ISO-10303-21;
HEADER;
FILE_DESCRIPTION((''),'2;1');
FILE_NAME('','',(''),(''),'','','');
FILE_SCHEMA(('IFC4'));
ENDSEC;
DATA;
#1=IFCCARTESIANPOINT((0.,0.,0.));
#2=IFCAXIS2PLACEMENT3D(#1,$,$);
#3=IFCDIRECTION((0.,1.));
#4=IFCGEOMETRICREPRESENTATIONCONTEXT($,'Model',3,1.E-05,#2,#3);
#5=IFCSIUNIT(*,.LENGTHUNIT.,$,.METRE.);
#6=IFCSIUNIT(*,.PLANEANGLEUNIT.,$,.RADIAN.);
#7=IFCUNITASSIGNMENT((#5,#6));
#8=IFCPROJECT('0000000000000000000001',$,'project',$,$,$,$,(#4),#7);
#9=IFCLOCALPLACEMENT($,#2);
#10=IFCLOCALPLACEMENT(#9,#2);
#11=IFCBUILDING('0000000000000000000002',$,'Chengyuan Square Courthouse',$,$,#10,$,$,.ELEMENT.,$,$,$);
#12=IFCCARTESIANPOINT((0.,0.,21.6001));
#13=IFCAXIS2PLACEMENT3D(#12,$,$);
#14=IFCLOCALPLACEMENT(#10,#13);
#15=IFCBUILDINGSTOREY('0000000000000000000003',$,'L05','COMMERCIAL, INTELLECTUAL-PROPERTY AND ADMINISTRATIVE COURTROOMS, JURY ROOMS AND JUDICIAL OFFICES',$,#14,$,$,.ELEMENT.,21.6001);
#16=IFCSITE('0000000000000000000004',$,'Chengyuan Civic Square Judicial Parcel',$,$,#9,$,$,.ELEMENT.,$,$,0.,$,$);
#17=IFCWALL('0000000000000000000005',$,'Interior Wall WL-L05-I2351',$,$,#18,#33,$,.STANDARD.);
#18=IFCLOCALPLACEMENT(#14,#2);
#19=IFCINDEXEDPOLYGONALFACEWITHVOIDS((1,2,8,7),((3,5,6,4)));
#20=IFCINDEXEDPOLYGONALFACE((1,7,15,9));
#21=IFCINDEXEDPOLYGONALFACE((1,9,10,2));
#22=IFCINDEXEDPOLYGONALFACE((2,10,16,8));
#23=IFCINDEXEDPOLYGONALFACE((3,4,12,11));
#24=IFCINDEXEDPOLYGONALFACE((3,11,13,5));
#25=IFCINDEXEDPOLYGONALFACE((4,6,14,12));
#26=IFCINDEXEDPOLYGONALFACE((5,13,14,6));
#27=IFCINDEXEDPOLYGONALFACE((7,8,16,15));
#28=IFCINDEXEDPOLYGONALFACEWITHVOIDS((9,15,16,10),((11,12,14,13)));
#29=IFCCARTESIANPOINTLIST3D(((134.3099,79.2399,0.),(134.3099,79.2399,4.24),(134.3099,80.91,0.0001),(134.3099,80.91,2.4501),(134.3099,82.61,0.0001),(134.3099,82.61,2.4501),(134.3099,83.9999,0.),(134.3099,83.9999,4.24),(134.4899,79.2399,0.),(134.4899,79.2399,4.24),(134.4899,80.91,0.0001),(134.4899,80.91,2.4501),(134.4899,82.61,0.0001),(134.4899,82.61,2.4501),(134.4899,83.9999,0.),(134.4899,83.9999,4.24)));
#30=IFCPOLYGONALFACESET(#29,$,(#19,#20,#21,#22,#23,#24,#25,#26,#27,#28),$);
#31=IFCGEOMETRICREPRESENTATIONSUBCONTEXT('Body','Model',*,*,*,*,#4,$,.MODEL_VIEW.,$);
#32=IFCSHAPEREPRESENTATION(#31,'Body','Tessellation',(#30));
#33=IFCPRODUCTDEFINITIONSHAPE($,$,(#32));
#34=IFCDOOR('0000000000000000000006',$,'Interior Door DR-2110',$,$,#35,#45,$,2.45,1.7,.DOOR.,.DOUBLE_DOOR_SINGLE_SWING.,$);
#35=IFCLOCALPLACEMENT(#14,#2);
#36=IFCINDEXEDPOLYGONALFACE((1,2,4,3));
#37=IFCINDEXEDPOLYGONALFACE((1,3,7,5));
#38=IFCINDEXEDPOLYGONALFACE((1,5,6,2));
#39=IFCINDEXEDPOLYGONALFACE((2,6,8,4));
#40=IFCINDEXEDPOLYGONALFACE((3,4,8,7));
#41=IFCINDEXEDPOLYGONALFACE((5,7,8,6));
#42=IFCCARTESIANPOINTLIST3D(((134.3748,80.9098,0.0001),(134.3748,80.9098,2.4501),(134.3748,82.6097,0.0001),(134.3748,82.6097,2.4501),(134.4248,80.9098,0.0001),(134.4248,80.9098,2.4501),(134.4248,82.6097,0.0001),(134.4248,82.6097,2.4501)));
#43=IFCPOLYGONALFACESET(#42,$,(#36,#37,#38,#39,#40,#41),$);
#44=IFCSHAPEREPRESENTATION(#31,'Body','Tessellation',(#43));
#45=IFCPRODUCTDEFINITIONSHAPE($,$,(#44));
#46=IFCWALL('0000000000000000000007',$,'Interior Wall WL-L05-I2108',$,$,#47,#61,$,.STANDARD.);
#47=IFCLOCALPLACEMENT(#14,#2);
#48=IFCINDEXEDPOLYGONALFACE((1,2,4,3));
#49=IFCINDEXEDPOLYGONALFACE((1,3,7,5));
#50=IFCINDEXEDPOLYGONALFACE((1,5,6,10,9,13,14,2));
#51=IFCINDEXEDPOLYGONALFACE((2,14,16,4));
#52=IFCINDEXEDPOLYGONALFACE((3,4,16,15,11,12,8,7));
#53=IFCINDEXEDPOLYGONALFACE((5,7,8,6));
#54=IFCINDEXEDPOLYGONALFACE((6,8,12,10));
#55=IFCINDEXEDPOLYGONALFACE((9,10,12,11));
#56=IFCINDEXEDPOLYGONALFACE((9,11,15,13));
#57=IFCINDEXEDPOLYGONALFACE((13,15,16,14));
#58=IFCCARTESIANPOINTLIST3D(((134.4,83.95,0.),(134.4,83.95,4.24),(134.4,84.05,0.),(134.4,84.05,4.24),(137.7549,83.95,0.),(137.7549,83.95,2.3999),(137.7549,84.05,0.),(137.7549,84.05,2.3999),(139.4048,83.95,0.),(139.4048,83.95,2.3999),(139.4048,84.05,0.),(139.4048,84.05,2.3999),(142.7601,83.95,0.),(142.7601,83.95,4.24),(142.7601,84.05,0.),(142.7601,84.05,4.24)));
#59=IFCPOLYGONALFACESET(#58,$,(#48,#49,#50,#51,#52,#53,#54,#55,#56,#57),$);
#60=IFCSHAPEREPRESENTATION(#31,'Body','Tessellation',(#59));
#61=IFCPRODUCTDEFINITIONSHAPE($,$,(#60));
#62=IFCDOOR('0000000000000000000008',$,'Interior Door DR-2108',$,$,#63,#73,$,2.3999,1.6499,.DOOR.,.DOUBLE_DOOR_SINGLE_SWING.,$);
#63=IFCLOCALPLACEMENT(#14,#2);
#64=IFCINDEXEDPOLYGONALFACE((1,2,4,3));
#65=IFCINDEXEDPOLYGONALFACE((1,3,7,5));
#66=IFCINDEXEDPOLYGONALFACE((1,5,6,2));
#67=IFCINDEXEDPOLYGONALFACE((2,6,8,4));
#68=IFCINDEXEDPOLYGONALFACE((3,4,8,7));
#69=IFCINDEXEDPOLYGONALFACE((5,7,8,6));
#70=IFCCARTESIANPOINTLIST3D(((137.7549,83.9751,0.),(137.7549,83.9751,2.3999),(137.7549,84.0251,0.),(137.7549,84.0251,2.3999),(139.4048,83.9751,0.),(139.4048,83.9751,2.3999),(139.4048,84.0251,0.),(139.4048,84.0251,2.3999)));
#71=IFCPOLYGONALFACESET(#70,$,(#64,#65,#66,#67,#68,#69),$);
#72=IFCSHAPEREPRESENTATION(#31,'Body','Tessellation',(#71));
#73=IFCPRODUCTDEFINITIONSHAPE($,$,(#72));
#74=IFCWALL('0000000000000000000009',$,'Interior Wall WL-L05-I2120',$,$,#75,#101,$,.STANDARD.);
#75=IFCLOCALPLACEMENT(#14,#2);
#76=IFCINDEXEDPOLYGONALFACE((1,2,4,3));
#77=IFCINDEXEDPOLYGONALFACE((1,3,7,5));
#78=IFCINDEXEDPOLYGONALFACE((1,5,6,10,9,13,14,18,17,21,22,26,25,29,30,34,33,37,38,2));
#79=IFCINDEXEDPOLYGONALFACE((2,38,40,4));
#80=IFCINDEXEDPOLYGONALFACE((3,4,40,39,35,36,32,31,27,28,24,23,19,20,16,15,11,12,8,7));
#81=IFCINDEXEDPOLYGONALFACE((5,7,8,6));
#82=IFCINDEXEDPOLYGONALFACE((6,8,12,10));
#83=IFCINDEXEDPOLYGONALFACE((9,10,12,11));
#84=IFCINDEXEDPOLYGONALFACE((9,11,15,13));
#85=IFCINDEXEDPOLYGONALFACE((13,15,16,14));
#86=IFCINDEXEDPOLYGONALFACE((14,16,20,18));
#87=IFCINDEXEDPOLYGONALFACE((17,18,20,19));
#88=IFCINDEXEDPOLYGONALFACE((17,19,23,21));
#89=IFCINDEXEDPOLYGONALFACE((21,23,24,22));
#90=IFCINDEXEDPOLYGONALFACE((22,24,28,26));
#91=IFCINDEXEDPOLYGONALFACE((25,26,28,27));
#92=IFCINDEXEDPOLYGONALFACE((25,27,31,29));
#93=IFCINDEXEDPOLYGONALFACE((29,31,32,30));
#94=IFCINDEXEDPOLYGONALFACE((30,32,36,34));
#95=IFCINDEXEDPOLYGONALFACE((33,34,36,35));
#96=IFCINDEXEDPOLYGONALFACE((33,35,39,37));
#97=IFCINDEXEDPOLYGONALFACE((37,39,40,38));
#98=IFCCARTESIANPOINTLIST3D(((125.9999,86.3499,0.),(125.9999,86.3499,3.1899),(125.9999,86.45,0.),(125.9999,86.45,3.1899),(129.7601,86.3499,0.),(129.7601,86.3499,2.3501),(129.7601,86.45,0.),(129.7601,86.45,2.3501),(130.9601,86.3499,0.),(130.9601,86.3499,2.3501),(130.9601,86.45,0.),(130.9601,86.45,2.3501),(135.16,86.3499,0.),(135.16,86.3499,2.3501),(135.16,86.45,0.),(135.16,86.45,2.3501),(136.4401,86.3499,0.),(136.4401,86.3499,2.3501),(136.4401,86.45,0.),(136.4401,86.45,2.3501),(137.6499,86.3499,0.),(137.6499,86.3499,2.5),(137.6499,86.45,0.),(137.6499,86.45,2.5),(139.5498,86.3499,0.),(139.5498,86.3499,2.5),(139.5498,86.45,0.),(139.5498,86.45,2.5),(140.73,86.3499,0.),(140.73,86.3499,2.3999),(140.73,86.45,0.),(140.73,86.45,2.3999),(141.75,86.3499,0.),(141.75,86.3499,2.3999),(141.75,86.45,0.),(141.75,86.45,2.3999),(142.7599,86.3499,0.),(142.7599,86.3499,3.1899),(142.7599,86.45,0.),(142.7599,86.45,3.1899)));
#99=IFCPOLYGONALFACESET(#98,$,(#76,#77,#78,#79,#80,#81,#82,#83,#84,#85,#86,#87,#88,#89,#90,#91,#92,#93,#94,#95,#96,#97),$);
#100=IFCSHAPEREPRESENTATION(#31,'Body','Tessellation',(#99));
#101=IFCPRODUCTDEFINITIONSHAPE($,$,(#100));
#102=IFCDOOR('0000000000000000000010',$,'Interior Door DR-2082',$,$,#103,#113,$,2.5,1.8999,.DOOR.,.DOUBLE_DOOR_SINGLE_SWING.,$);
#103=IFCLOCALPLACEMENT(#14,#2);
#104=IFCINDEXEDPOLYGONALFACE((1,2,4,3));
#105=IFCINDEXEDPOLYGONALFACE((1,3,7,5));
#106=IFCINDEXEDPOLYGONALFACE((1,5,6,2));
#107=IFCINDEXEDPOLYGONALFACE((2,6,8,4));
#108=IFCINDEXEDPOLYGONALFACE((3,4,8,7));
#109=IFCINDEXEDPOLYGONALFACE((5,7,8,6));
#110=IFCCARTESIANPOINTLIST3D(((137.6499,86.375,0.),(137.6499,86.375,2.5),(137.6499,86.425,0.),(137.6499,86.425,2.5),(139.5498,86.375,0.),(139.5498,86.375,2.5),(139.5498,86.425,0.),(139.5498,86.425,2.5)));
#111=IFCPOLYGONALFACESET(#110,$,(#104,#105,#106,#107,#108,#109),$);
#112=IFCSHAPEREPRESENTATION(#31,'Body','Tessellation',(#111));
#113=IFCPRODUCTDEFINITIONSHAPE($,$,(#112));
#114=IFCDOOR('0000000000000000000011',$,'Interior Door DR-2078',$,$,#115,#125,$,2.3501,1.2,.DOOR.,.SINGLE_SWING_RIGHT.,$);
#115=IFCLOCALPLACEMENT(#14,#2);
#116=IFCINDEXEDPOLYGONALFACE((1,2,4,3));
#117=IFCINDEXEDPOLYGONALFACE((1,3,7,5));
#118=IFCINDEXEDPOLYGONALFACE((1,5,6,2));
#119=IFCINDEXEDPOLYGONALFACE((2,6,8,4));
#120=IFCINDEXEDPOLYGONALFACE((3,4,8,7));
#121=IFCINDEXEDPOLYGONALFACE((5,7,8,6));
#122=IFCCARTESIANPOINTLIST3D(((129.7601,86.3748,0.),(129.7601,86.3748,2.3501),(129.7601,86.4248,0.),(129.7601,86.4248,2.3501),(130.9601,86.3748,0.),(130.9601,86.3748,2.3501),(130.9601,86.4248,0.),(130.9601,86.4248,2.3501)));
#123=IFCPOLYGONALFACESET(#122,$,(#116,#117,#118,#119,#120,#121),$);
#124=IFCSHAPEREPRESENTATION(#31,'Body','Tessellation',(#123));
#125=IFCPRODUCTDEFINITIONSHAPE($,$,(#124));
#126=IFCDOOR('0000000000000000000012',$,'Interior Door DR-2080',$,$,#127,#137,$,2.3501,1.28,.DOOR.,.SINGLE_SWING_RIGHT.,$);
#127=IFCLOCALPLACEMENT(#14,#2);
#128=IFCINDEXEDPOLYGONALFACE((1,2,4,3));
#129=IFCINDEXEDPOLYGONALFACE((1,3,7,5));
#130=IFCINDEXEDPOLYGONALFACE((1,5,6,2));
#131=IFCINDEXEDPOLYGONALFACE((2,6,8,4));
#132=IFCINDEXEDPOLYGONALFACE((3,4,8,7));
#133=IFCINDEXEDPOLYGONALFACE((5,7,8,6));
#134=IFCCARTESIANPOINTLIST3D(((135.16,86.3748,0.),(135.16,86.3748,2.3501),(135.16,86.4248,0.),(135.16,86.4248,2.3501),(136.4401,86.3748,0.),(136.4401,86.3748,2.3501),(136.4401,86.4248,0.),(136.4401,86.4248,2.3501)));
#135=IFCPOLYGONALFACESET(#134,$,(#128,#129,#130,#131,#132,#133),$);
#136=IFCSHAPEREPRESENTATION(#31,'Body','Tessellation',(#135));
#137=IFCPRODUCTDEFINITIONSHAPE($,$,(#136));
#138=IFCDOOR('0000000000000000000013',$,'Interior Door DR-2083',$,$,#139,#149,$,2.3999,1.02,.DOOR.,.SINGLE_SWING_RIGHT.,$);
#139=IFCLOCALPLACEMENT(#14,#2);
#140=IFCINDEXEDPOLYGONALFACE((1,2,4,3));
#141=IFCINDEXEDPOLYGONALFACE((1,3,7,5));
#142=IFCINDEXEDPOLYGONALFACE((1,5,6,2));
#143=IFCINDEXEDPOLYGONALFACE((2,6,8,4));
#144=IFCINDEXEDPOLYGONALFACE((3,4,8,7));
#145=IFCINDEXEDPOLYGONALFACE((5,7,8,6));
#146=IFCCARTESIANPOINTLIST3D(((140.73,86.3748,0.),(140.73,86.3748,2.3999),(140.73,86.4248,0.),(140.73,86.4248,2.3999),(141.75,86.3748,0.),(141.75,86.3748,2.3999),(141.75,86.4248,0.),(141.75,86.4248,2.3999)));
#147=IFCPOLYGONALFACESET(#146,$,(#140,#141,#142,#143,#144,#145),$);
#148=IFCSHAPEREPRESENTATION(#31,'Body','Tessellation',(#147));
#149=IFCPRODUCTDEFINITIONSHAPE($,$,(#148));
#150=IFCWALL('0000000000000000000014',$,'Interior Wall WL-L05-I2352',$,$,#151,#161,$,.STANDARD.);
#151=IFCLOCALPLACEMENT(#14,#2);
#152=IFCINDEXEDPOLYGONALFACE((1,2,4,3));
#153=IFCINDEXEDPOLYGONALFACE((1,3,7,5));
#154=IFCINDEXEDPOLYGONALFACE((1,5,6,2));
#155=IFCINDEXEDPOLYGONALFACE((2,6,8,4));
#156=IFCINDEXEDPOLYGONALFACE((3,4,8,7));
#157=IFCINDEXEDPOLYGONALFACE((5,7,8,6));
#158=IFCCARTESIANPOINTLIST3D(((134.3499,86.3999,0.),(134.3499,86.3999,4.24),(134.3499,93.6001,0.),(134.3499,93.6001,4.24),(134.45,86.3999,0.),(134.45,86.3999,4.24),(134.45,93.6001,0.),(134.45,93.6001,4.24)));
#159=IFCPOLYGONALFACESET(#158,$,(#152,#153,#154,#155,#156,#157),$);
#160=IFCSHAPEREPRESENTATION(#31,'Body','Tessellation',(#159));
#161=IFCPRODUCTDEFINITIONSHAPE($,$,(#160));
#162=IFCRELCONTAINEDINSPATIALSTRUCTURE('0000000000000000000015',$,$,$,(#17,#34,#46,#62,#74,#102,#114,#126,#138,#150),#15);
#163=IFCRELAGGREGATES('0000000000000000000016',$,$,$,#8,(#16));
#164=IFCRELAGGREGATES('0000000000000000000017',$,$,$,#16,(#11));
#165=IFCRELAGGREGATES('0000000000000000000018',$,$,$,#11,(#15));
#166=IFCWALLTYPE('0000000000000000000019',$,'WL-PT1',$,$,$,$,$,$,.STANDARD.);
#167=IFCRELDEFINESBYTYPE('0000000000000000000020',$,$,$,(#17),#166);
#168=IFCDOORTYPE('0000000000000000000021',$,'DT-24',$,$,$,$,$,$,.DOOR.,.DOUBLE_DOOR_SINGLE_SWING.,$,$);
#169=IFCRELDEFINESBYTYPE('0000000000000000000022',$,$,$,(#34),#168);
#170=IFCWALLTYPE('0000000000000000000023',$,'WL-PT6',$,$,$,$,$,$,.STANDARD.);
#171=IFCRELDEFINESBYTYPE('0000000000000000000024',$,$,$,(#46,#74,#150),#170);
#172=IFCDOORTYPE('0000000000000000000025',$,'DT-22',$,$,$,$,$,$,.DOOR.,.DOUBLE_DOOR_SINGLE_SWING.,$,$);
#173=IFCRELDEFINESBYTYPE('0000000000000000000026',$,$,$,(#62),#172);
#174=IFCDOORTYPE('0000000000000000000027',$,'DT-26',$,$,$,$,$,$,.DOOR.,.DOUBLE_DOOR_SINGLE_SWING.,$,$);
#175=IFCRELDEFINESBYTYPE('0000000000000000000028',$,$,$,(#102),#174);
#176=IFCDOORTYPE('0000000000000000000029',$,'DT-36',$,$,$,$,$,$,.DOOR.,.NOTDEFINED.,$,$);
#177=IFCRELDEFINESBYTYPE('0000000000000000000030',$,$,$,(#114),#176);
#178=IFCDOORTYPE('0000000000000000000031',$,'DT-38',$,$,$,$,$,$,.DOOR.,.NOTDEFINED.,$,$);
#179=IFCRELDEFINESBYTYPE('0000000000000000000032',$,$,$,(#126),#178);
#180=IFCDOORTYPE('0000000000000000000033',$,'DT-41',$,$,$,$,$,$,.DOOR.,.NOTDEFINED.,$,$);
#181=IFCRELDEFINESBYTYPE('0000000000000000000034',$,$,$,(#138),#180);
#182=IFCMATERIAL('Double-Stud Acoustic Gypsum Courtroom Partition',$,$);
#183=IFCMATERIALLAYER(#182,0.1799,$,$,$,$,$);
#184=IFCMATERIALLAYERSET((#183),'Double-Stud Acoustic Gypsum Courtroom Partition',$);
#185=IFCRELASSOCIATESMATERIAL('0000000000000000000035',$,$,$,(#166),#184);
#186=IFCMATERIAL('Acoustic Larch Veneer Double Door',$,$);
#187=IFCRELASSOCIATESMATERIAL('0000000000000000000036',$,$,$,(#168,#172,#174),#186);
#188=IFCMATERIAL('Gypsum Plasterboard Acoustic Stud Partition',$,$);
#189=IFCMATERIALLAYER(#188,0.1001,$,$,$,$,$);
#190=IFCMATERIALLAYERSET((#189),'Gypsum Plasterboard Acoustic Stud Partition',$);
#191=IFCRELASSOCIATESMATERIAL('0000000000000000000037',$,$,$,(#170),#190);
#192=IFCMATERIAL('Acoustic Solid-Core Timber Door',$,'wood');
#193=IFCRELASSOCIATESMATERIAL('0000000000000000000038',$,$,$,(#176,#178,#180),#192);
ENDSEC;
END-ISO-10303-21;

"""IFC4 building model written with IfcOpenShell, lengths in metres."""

from ifc_helpers import new_model, si_unit, direction, frame, frame_2d, origin, place, context, subcontext, project, spatial, rectangle, extrude, material, layer, layer_set, type_object, element, fill, save


model = new_model("IFC4")

# Units and contexts
model_context = context("Model", 3, precision=1e-05, world=origin(), true_north=direction((0.0, 1.0)))
body_context = subcontext(model_context, "Body", "Model", "MODEL_VIEW")
ifc_project = project(units=[si_unit("LENGTHUNIT", "METRE"), si_unit("PLANEANGLEUNIT", "RADIAN")], contexts=[model_context])

# Site, building, storey
site_placement = place(None, origin())
site = spatial("IfcSite", under=ifc_project, at=site_placement, Name="Chengyuan Civic Square Judicial Parcel", CompositionType="ELEMENT", RefElevation=0.0)
building_placement = place(site_placement, origin())
building = spatial("IfcBuilding", under=site, at=building_placement, Name="Chengyuan Square Courthouse", CompositionType="ELEMENT")
storey_placement = place(building_placement, frame((0.0, 0.0, 21.6001)))
storey = spatial("IfcBuildingStorey", under=building, at=storey_placement, Name="L05", Description="COMMERCIAL, INTELLECTUAL-PROPERTY AND ADMINISTRATIVE COURTROOMS, JURY ROOMS AND JUDICIAL OFFICES", CompositionType="ELEMENT", Elevation=21.6001)

# Walls, openings, doors
ifc_material_1 = material(Name="Double-Stud Acoustic Gypsum Courtroom Partition")
ifc_layer_1 = layer(ifc_material_1, 0.1799)
ifc_layer_set_1 = layer_set([ifc_layer_1], Name="Double-Stud Acoustic Gypsum Courtroom Partition")
wall_type_1 = type_object("IfcWallType", Name="WL-PT1", PredefinedType="STANDARD", material=ifc_layer_set_1)
wall_1_placement = place(storey_placement, frame((134.3999, 79.24, 0.0), z_axis=(0.0, 0.0, 1.0), x_axis=(0.0, 1.0, 0.0)))
wall_1 = element("IfcWall", 1, at=wall_1_placement, inside=storey, type_object=wall_type_1, Name="Interior Wall WL-L05-I2351", PredefinedType="STANDARD", context=body_context, shape_type="SweptSolid", body=[
    extrude(rectangle(XDim=4.76, YDim=0.1799, at=frame_2d((2.3799, 0.0))), origin(), (0.0, 0.0, 1.0), 4.24),
])
opening_1_placement = place(wall_1_placement, frame((1.6699, 0.0, 0.0)))
opening_1 = element("IfcOpeningElement", 2, at=opening_1_placement, cuts=wall_1, PredefinedType="OPENING", context=body_context, shape_type="SweptSolid", body=[
    extrude(rectangle(XDim=1.7, YDim=2.45, at=frame_2d((0.8501, 1.2251))), frame((0.0, 0.1021, 0.0), z_axis=(0.0, -1.0, 0.0), x_axis=(1.0, 0.0, 0.0)), (0.0, 0.0, 1.0), 0.2039),
])
ifc_material_2 = material(Name="Acoustic Larch Veneer Double Door")
door_type_1 = type_object("IfcDoorType", Name="DT-24", OperationType="DOUBLE_DOOR_SINGLE_SWING", PredefinedType="DOOR", material=ifc_material_2)
door_1_placement = place(opening_1_placement, frame((1.7, 0.0, 0.0), z_axis=(0.0, 0.0, 1.0), x_axis=(-1.0, 0.0, 0.0)))
door_1 = element("IfcDoor", 3, at=door_1_placement, inside=storey, type_object=door_type_1, Name="Interior Door DR-2110", OperationType="DOUBLE_DOOR_SINGLE_SWING", OverallHeight=2.45, OverallWidth=1.7, PredefinedType="DOOR", context=body_context, shape_type="SweptSolid", body=[
    extrude(rectangle(XDim=1.7, YDim=2.45, at=frame_2d((0.8501, 1.2251))), frame((0.0, 0.0249, 0.0), z_axis=(0.0, -1.0, 0.0), x_axis=(1.0, 0.0, 0.0)), (0.0, 0.0, 1.0), 0.05),
])
fill(opening_1, door_1)
ifc_material_3 = material(Name="Gypsum Plasterboard Acoustic Stud Partition")
ifc_layer_2 = layer(ifc_material_3, 0.1001)
ifc_layer_set_2 = layer_set([ifc_layer_2], Name="Gypsum Plasterboard Acoustic Stud Partition")
wall_type_2 = type_object("IfcWallType", Name="WL-PT6", PredefinedType="STANDARD", material=ifc_layer_set_2)
wall_2_placement = place(storey_placement, frame((134.3999, 84.0, 0.0), z_axis=(0.0, 0.0, 1.0), x_axis=(1.0, 0.0, 0.0)))
wall_2 = element("IfcWall", 4, at=wall_2_placement, inside=storey, type_object=wall_type_2, Name="Interior Wall WL-L05-I2108", PredefinedType="STANDARD", context=body_context, shape_type="SweptSolid", body=[
    extrude(rectangle(XDim=8.3601, YDim=0.1001, at=frame_2d((4.1802, 0.0))), origin(), (0.0, 0.0, 1.0), 4.24),
])
opening_2_placement = place(wall_2_placement, frame((3.355, 0.0, 0.0)))
opening_2 = element("IfcOpeningElement", 5, at=opening_2_placement, cuts=wall_2, PredefinedType="OPENING", context=body_context, shape_type="SweptSolid", body=[
    extrude(rectangle(XDim=1.6499, YDim=2.3999, at=frame_2d((0.825, 1.2))), frame((0.0, 0.062, 0.0), z_axis=(0.0, -1.0, 0.0), x_axis=(1.0, 0.0, 0.0)), (0.0, 0.0, 1.0), 0.124),
])
door_type_2 = type_object("IfcDoorType", Name="DT-22", OperationType="DOUBLE_DOOR_SINGLE_SWING", PredefinedType="DOOR", material=ifc_material_2)
door_2_placement = place(opening_2_placement, frame((1.6499, 0.0, 0.0), z_axis=(0.0, 0.0, 1.0), x_axis=(-1.0, 0.0, 0.0)))
door_2 = element("IfcDoor", 6, at=door_2_placement, inside=storey, type_object=door_type_2, Name="Interior Door DR-2108", OperationType="DOUBLE_DOOR_SINGLE_SWING", OverallHeight=2.3999, OverallWidth=1.6499, PredefinedType="DOOR", context=body_context, shape_type="SweptSolid", body=[
    extrude(rectangle(XDim=1.6499, YDim=2.3999, at=frame_2d((0.825, 1.2))), frame((0.0, 0.0249, 0.0), z_axis=(0.0, -1.0, 0.0), x_axis=(1.0, 0.0, 0.0)), (0.0, 0.0, 1.0), 0.05),
])
fill(opening_2, door_2)

# Wall, openings, doors
wall_3_placement = place(storey_placement, frame((126.0, 86.3999, 0.0), z_axis=(0.0, 0.0, 1.0), x_axis=(1.0, 0.0, 0.0)))
wall_3 = element("IfcWall", 7, at=wall_3_placement, inside=storey, type_object=wall_type_2, Name="Interior Wall WL-L05-I2120", PredefinedType="STANDARD", context=body_context, shape_type="SweptSolid", body=[
    extrude(rectangle(XDim=16.76, YDim=0.1001, at=frame_2d((8.3799, 0.0))), origin(), (0.0, 0.0, 1.0), 3.1899),
])
opening_3_placement = place(wall_3_placement, frame((3.76, 0.0, 0.0)))
opening_3 = element("IfcOpeningElement", 8, at=opening_3_placement, cuts=wall_3, PredefinedType="OPENING", context=body_context, shape_type="SweptSolid", body=[
    extrude(rectangle(XDim=1.2, YDim=2.3501, at=frame_2d((0.6001, 1.175))), frame((0.0, 0.062, 0.0), z_axis=(0.0, -1.0, 0.0), x_axis=(1.0, 0.0, 0.0)), (0.0, 0.0, 1.0), 0.124),
])
opening_4_placement = place(wall_3_placement, frame((9.1599, 0.0, 0.0)))
opening_4 = element("IfcOpeningElement", 9, at=opening_4_placement, cuts=wall_3, PredefinedType="OPENING", context=body_context, shape_type="SweptSolid", body=[
    extrude(rectangle(XDim=1.28, YDim=2.3501, at=frame_2d((0.6401, 1.175))), frame((0.0, 0.062, 0.0), z_axis=(0.0, -1.0, 0.0), x_axis=(1.0, 0.0, 0.0)), (0.0, 0.0, 1.0), 0.124),
])
opening_5_placement = place(wall_3_placement, frame((11.6499, 0.0, 0.0)))
opening_5 = element("IfcOpeningElement", 10, at=opening_5_placement, cuts=wall_3, PredefinedType="OPENING", context=body_context, shape_type="SweptSolid", body=[
    extrude(rectangle(XDim=1.8999, YDim=2.5, at=frame_2d((0.95, 1.25))), frame((0.0, 0.062, 0.0), z_axis=(0.0, -1.0, 0.0), x_axis=(1.0, 0.0, 0.0)), (0.0, 0.0, 1.0), 0.124),
])
opening_6_placement = place(wall_3_placement, frame((14.73, 0.0, 0.0)))
opening_6 = element("IfcOpeningElement", 11, at=opening_6_placement, cuts=wall_3, PredefinedType="OPENING", context=body_context, shape_type="SweptSolid", body=[
    extrude(rectangle(XDim=1.02, YDim=2.3999, at=frame_2d((0.51, 1.2))), frame((0.0, 0.062, 0.0), z_axis=(0.0, -1.0, 0.0), x_axis=(1.0, 0.0, 0.0)), (0.0, 0.0, 1.0), 0.124),
])
door_type_3 = type_object("IfcDoorType", Name="DT-26", OperationType="DOUBLE_DOOR_SINGLE_SWING", PredefinedType="DOOR", material=ifc_material_2)
door_3_placement = place(opening_5_placement, frame((1.8999, 0.0, 0.0), z_axis=(0.0, 0.0, 1.0), x_axis=(-1.0, 0.0, 0.0)))
door_3 = element("IfcDoor", 12, at=door_3_placement, inside=storey, type_object=door_type_3, Name="Interior Door DR-2082", OperationType="DOUBLE_DOOR_SINGLE_SWING", OverallHeight=2.5, OverallWidth=1.8999, PredefinedType="DOOR", context=body_context, shape_type="SweptSolid", body=[
    extrude(rectangle(XDim=1.8999, YDim=2.5, at=frame_2d((0.95, 1.25))), frame((0.0, 0.0249, 0.0), z_axis=(0.0, -1.0, 0.0), x_axis=(1.0, 0.0, 0.0)), (0.0, 0.0, 1.0), 0.05),
])
fill(opening_5, door_3)
ifc_material_4 = material(Name="Acoustic Solid-Core Timber Door", Category="wood")
door_type_4 = type_object("IfcDoorType", Name="DT-36", OperationType="NOTDEFINED", PredefinedType="DOOR", material=ifc_material_4)
door_4_placement = place(opening_3_placement, origin())
door_4 = element("IfcDoor", 13, at=door_4_placement, inside=storey, type_object=door_type_4, Name="Interior Door DR-2078", OperationType="SINGLE_SWING_RIGHT", OverallHeight=2.3501, OverallWidth=1.2, PredefinedType="DOOR", context=body_context, shape_type="SweptSolid", body=[
    extrude(rectangle(XDim=1.2, YDim=2.3501, at=frame_2d((0.6001, 1.175))), frame((0.0, 0.0249, 0.0), z_axis=(0.0, -1.0, 0.0), x_axis=(1.0, 0.0, 0.0)), (0.0, 0.0, 1.0), 0.05),
])
fill(opening_3, door_4)
door_type_5 = type_object("IfcDoorType", Name="DT-38", OperationType="NOTDEFINED", PredefinedType="DOOR", material=ifc_material_4)
door_5_placement = place(opening_4_placement, origin())
door_5 = element("IfcDoor", 14, at=door_5_placement, inside=storey, type_object=door_type_5, Name="Interior Door DR-2080", OperationType="SINGLE_SWING_RIGHT", OverallHeight=2.3501, OverallWidth=1.28, PredefinedType="DOOR", context=body_context, shape_type="SweptSolid", body=[
    extrude(rectangle(XDim=1.28, YDim=2.3501, at=frame_2d((0.6401, 1.175))), frame((0.0, 0.0249, 0.0), z_axis=(0.0, -1.0, 0.0), x_axis=(1.0, 0.0, 0.0)), (0.0, 0.0, 1.0), 0.05),
])
fill(opening_4, door_5)
door_type_6 = type_object("IfcDoorType", Name="DT-41", OperationType="NOTDEFINED", PredefinedType="DOOR", material=ifc_material_4)
door_6_placement = place(opening_6_placement, origin())
door_6 = element("IfcDoor", 15, at=door_6_placement, inside=storey, type_object=door_type_6, Name="Interior Door DR-2083", OperationType="SINGLE_SWING_RIGHT", OverallHeight=2.3999, OverallWidth=1.02, PredefinedType="DOOR", context=body_context, shape_type="SweptSolid", body=[
    extrude(rectangle(XDim=1.02, YDim=2.3999, at=frame_2d((0.51, 1.2))), frame((0.0, 0.0249, 0.0), z_axis=(0.0, -1.0, 0.0), x_axis=(1.0, 0.0, 0.0)), (0.0, 0.0, 1.0), 0.05),
])
fill(opening_6, door_6)

# Wall
wall_4_placement = place(storey_placement, frame((134.3999, 86.3999, 0.0), z_axis=(0.0, 0.0, 1.0), x_axis=(0.0, 1.0, 0.0)))
element("IfcWall", 16, at=wall_4_placement, inside=storey, type_object=wall_type_2, Name="Interior Wall WL-L05-I2352", PredefinedType="STANDARD", context=body_context, shape_type="SweptSolid", body=[
    extrude(rectangle(XDim=7.2002, YDim=0.1001, at=frame_2d((3.6001, 0.0))), origin(), (0.0, 0.0, 1.0), 4.24),
])

save(model, "model.ifc")
